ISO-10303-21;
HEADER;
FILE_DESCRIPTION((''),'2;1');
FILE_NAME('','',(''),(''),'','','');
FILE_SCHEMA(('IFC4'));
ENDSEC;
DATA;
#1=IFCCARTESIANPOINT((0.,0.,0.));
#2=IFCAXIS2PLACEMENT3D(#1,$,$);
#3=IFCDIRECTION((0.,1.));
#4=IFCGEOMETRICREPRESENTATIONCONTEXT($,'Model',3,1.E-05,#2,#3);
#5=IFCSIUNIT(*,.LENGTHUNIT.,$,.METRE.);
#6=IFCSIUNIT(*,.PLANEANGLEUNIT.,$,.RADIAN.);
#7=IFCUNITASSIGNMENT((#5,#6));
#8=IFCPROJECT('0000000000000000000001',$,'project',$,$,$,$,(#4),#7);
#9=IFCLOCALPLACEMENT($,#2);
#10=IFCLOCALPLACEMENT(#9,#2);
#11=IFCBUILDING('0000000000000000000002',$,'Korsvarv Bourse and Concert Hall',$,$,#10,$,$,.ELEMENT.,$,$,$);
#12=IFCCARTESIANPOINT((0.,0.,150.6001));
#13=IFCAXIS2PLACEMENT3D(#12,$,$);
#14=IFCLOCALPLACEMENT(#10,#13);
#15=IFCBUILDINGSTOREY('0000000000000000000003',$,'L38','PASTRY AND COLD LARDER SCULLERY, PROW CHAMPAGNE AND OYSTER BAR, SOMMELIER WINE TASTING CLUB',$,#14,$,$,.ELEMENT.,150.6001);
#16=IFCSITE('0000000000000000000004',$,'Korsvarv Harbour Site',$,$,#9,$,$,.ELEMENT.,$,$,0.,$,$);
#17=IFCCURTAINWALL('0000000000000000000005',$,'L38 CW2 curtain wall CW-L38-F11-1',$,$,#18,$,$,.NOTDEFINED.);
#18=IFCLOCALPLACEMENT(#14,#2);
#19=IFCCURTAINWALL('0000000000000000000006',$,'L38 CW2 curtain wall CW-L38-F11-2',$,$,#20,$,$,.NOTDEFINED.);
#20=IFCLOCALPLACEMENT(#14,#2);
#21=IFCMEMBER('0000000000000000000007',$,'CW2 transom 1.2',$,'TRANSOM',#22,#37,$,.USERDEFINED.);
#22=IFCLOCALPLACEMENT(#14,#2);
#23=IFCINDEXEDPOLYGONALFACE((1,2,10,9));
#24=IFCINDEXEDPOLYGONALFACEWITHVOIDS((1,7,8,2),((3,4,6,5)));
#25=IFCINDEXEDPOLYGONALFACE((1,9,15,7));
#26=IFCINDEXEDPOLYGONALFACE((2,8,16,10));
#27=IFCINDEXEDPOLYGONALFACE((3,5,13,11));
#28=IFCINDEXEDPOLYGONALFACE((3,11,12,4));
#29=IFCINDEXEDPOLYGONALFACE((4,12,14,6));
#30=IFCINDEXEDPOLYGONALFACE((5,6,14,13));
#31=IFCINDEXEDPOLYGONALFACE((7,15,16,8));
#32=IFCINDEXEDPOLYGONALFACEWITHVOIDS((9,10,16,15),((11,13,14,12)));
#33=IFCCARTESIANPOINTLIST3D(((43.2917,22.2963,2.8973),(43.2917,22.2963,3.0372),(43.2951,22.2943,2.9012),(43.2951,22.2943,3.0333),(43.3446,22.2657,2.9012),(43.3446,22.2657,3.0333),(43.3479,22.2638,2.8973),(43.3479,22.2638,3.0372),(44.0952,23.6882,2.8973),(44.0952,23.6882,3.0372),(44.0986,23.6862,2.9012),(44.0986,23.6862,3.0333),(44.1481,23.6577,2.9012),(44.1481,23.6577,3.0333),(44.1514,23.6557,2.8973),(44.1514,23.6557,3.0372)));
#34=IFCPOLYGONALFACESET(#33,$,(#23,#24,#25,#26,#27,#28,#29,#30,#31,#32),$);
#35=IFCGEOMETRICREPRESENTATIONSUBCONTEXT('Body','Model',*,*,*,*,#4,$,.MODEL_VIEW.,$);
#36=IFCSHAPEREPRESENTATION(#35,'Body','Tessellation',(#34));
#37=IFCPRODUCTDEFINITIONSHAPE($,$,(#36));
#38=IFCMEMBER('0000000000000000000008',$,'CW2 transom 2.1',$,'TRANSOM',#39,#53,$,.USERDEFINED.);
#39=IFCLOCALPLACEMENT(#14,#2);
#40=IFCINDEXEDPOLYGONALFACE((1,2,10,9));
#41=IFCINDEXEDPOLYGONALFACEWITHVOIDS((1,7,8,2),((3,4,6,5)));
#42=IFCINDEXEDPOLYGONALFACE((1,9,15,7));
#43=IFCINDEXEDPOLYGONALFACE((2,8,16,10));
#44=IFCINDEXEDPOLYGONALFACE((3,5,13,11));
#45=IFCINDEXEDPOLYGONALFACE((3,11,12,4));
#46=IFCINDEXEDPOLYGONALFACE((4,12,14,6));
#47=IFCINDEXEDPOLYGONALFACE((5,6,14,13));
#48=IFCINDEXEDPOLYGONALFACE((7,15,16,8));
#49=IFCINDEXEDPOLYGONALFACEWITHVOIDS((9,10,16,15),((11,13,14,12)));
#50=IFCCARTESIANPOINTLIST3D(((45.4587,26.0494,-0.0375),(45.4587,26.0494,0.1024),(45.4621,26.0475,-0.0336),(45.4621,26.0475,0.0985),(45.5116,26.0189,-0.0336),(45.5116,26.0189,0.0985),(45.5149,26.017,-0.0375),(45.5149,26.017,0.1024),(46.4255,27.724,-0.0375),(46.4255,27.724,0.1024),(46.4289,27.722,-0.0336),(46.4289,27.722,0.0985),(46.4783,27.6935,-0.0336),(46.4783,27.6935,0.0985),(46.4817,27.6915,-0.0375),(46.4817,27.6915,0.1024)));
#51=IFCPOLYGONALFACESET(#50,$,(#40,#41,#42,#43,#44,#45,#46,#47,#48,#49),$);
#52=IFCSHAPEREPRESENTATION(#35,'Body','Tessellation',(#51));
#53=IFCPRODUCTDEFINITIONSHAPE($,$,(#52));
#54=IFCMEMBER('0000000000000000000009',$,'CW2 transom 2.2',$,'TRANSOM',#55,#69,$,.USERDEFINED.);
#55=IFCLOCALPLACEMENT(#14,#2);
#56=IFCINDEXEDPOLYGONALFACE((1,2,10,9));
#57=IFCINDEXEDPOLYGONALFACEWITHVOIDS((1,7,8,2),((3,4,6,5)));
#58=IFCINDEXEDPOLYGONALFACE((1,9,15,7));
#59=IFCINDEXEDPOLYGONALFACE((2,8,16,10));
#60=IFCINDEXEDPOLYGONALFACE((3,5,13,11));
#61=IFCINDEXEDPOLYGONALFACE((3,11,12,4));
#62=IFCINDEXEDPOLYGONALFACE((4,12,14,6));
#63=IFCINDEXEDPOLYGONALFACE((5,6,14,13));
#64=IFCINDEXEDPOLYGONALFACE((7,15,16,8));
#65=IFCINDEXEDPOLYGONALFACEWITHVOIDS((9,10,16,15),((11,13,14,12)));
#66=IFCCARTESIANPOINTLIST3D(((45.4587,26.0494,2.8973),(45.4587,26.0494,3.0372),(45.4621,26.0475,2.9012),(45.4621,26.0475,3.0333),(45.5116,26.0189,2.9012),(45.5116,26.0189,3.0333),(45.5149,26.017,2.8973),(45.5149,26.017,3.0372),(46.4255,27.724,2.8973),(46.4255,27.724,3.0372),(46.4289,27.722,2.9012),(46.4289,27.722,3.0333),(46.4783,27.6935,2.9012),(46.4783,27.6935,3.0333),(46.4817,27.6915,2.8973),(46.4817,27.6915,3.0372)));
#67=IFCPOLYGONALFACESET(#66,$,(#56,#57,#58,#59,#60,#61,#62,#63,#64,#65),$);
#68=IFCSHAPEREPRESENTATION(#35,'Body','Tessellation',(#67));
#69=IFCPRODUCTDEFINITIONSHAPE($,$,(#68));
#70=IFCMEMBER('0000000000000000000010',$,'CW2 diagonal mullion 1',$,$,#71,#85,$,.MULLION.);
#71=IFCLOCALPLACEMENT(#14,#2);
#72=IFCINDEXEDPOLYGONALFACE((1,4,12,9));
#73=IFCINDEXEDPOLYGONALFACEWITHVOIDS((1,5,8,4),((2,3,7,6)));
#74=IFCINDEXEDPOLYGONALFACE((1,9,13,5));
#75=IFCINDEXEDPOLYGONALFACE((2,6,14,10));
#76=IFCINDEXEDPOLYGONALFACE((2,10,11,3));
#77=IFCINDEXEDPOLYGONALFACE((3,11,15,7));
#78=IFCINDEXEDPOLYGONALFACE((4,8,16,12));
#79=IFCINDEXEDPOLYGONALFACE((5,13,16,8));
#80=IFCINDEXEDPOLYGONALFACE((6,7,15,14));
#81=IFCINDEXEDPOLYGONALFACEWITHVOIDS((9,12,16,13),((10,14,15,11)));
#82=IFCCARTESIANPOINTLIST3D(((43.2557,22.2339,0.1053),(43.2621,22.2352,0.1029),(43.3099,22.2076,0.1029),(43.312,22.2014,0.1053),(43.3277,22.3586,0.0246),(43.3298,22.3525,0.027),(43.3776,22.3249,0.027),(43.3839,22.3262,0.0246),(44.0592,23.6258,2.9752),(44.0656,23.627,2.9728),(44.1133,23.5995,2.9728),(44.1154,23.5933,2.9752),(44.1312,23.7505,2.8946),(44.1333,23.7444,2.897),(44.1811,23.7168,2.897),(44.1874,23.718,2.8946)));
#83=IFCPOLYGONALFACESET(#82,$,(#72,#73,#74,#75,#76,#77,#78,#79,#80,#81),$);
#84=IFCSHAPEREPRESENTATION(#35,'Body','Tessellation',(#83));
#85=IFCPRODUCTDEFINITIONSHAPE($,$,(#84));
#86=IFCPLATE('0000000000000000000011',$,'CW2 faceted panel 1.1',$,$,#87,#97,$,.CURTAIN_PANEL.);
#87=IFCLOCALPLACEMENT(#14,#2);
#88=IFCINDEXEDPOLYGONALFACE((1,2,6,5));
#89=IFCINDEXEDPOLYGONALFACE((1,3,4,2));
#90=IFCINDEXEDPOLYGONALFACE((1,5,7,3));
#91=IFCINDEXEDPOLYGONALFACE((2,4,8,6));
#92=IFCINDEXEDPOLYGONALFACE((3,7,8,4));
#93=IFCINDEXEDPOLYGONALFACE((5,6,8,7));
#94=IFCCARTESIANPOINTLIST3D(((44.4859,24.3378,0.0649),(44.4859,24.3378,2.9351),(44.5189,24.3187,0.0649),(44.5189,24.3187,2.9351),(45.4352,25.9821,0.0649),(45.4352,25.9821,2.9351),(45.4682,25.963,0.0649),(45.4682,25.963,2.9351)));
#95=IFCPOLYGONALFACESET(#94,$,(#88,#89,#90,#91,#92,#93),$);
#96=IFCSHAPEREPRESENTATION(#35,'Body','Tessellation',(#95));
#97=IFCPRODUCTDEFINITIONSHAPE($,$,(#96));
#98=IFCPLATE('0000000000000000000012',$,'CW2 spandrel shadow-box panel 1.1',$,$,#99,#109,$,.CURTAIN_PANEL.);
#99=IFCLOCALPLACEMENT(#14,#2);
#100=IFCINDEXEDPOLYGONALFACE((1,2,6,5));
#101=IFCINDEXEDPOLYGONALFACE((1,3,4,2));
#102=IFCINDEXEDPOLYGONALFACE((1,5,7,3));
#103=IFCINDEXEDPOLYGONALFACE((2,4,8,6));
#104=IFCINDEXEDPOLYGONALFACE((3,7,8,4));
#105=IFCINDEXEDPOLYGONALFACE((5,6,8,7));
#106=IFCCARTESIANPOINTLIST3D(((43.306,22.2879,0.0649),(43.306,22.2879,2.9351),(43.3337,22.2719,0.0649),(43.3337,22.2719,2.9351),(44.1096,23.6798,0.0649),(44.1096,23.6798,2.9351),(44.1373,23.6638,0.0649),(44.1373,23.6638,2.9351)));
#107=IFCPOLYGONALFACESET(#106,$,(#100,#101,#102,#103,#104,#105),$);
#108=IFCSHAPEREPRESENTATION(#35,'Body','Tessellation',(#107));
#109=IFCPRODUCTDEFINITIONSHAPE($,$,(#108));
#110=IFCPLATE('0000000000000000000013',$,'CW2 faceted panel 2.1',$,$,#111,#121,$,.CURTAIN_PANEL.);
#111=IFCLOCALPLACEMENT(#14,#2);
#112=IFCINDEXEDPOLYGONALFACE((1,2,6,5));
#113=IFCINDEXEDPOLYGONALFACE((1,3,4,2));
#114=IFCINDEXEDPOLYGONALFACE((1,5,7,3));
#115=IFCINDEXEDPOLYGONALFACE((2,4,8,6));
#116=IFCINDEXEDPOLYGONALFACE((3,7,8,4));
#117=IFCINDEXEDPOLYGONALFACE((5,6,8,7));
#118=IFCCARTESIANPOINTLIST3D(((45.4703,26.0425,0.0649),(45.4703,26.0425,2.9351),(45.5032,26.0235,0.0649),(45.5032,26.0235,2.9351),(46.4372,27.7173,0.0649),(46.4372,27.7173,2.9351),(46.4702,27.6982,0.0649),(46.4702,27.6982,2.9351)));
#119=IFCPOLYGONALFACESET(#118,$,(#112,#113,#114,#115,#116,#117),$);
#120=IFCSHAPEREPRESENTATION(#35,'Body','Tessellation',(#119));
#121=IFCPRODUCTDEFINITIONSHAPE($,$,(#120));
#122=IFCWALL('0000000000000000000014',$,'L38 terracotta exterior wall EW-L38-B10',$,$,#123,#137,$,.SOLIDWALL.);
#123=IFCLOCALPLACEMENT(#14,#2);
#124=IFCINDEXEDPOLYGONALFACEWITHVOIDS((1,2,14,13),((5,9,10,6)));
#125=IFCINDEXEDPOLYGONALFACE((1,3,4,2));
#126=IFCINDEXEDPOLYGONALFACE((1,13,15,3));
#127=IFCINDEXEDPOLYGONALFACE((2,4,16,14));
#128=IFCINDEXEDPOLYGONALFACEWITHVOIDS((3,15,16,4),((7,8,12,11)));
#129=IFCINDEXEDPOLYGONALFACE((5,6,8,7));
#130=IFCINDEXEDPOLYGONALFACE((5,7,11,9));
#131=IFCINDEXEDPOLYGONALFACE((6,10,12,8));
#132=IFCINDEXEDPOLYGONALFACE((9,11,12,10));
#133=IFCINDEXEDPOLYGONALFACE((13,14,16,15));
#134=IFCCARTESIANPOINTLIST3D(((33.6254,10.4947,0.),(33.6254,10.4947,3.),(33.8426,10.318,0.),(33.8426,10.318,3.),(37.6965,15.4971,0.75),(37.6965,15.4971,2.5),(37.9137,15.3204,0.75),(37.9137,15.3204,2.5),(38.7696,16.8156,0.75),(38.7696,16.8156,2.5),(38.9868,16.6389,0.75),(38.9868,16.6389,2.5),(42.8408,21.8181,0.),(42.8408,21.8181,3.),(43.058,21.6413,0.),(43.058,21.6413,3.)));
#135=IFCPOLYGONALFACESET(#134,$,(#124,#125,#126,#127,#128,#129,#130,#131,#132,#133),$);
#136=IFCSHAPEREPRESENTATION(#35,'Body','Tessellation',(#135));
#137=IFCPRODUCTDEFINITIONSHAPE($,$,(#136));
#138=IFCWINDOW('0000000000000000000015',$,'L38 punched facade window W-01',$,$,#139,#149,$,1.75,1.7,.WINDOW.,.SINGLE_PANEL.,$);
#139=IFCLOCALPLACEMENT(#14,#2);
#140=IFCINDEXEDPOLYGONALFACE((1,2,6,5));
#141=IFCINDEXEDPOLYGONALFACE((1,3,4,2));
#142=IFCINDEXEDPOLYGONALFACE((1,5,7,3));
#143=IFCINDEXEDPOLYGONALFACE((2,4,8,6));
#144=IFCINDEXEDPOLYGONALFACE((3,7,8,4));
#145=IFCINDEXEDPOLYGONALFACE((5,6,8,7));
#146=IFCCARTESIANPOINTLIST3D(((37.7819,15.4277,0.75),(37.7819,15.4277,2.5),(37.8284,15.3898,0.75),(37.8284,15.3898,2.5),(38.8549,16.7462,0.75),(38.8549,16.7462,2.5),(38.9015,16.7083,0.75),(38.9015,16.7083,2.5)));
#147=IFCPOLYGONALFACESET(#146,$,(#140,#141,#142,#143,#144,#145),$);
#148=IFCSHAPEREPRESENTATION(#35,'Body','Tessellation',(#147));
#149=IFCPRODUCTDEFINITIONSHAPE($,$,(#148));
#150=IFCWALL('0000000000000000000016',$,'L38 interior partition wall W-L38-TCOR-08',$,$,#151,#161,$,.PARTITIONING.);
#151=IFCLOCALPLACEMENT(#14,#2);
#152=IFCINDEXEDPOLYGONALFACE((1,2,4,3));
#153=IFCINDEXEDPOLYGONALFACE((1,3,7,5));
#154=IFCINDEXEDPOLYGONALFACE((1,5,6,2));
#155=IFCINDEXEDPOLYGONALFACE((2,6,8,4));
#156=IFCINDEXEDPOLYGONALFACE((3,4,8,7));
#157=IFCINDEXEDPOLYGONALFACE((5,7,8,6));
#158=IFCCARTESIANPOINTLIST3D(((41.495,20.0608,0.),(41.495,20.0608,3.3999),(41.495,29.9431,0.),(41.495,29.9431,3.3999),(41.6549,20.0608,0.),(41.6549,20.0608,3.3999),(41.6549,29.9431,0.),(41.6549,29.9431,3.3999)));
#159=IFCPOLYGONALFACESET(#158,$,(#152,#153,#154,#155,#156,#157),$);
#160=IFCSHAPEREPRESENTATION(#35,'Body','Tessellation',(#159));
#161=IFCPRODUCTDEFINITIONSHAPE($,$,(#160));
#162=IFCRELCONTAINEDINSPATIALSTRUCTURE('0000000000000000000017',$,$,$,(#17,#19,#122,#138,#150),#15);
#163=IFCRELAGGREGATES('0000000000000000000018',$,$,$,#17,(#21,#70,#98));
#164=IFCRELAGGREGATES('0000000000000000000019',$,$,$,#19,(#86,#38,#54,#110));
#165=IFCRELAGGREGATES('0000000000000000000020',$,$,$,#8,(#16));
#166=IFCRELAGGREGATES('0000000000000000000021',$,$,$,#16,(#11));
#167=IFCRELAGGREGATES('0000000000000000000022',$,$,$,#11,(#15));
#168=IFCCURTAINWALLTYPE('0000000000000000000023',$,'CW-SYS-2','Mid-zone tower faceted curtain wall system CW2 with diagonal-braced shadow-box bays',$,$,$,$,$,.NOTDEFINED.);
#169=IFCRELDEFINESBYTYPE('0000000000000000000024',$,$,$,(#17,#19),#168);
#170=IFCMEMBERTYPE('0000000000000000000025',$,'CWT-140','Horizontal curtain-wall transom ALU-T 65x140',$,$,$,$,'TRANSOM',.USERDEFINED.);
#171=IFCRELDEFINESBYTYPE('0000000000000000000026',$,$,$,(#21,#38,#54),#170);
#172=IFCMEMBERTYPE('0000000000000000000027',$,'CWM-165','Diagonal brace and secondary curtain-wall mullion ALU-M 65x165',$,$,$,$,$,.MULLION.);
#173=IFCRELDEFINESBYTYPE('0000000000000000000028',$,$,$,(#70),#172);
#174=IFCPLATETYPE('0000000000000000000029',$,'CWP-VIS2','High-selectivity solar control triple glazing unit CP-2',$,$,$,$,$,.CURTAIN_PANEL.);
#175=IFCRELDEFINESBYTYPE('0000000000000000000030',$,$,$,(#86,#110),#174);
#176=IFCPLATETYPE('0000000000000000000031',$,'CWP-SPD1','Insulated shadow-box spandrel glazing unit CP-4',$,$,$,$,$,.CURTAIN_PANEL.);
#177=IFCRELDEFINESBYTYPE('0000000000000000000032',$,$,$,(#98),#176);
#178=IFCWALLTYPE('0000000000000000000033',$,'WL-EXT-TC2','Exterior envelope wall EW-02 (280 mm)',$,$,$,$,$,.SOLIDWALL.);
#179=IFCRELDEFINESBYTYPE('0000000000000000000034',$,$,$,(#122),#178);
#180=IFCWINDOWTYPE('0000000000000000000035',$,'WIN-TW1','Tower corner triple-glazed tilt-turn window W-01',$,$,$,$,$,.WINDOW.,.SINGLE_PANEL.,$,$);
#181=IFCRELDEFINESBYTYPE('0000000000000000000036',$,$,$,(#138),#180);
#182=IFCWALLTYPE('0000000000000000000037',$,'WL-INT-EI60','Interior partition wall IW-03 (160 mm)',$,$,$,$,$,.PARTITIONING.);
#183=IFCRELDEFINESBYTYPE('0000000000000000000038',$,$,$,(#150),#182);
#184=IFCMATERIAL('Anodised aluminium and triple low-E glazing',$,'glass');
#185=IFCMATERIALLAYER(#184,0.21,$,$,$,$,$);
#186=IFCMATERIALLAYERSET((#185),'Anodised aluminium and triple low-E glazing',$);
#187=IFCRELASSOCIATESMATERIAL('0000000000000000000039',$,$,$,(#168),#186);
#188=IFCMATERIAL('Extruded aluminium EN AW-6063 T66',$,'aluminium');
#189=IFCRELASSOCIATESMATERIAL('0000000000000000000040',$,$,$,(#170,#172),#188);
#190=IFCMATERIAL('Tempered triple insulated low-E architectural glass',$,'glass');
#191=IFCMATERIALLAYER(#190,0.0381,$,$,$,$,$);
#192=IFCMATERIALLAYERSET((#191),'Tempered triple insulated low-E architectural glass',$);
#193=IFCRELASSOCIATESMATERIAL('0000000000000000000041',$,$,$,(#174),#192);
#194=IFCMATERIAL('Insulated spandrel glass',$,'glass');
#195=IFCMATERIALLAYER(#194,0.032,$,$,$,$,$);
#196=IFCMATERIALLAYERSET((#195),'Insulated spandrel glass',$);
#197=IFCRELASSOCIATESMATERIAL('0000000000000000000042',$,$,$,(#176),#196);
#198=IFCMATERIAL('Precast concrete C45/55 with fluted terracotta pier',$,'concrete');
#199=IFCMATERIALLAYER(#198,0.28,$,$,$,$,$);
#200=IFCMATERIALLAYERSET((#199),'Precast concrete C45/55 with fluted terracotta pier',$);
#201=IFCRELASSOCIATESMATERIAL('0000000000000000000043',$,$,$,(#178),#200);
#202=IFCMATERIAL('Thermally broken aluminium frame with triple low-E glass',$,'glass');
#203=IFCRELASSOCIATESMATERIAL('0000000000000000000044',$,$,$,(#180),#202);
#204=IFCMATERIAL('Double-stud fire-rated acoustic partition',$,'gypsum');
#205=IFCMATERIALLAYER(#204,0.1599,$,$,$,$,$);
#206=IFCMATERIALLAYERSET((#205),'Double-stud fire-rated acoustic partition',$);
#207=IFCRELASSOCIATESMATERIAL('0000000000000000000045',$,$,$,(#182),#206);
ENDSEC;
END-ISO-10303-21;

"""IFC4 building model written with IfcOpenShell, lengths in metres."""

from ifc_helpers import new_model, si_unit, direction, frame, frame_2d, origin, origin_2d, place, context, subcontext, project, spatial, rectangle, hollow_rectangle, extrude, source, transform, mapped, material, layer, layer_set, material_profile, profile_set, type_object, element, fill, aggregate, save


model = new_model("IFC4")

# Units and contexts
model_context = context("Model", 3, precision=1e-05, world=origin(), true_north=direction((0.0, 1.0)))
body_context = subcontext(model_context, "Body", "Model", "MODEL_VIEW")
ifc_project = project(units=[si_unit("LENGTHUNIT", "METRE"), si_unit("PLANEANGLEUNIT", "RADIAN")], contexts=[model_context])

# Site, building, storey
site_placement = place(None, origin())
site = spatial("IfcSite", under=ifc_project, at=site_placement, Name="Korsvarv Harbour Site", CompositionType="ELEMENT", RefElevation=0.0)
building_placement = place(site_placement, origin())
building = spatial("IfcBuilding", under=site, at=building_placement, Name="Korsvarv Bourse and Concert Hall", CompositionType="ELEMENT")
storey_placement = place(building_placement, frame((0.0, 0.0, 150.6001)))
storey = spatial("IfcBuildingStorey", under=building, at=storey_placement, Name="L38", Description="PASTRY AND COLD LARDER SCULLERY, PROW CHAMPAGNE AND OYSTER BAR, SOMMELIER WINE TASTING CLUB", CompositionType="ELEMENT", Elevation=150.6001)

# Curtain walls
ifc_material_1 = material(Name="Anodised aluminium and triple low-E glazing", Category="glass")
ifc_layer_1 = layer(ifc_material_1, 0.21)
ifc_layer_set_1 = layer_set([ifc_layer_1], Name="Anodised aluminium and triple low-E glazing")
curtain_wall_type = type_object("IfcCurtainWallType", Name="CW-SYS-2", Description="Mid-zone tower faceted curtain wall system CW2 with diagonal-braced shadow-box bays", PredefinedType="NOTDEFINED", material=ifc_layer_set_1)
curtain_wall_1_placement = place(storey_placement, origin())
curtain_wall_1 = element("IfcCurtainWall", 1, at=curtain_wall_1_placement, inside=storey, type_object=curtain_wall_type, Name="L38 CW2 curtain wall CW-L38-F11-1", PredefinedType="NOTDEFINED")
ifc_material_2 = material(Name="Extruded aluminium EN AW-6063 T66", Category="aluminium")
curtain_wall_2_placement = place(storey_placement, origin())
curtain_wall_2 = element("IfcCurtainWall", 2, at=curtain_wall_2_placement, inside=storey, type_object=curtain_wall_type, Name="L38 CW2 curtain wall CW-L38-F11-2", PredefinedType="NOTDEFINED")
ifc_material_profile_1 = material_profile(ifc_material_2, hollow_rectangle(XDim=0.0649, YDim=0.1399, WallThickness=0.0039, at=origin_2d()), Name="ALU-T 65x140")
ifc_profile_set_1 = profile_set([ifc_material_profile_1], Name="Extruded aluminium EN AW-6063 T66")
member_type_1 = type_object("IfcMemberType", Name="CWT-140", Description="Horizontal curtain-wall transom ALU-T 65x140", ElementType="TRANSOM", PredefinedType="USERDEFINED", material=ifc_profile_set_1)

# Members
shared_shape_1 = source(origin(), body_context, "Body", "SweptSolid", [
    extrude(hollow_rectangle(XDim=0.0649, YDim=0.1399, WallThickness=0.0039, at=origin_2d()), origin(), (0.0, 0.0, 1.0), 1.6072),
])
member_1_placement = place(storey_placement, frame((43.3198, 22.28, 2.9673), z_axis=(0.499946, 0.866057, 0.0), x_axis=(-0.866057, 0.499946, 0.0)))
member_1 = element("IfcMember", 3, at=member_1_placement, type_object=member_type_1, Name="CW2 transom 1.2", ObjectType="TRANSOM", PredefinedType="USERDEFINED", context=body_context, shape_type="MappedRepresentation", body=[
    mapped(shared_shape_1, transform((0.0, 0.0, 0.0), scale=1.0)),
])
shared_shape_2 = source(origin(), body_context, "Body", "SweptSolid", [
    extrude(hollow_rectangle(XDim=0.0649, YDim=0.1399, WallThickness=0.0039, at=origin_2d()), origin(), (0.0, 0.0, 1.0), 1.9336),
])
member_2_placement = place(storey_placement, frame((45.4868, 26.0332, 0.0325), z_axis=(0.499996, 0.866028, 0.0), x_axis=(-0.866028, 0.499996, 0.0)))
member_2 = element("IfcMember", 4, at=member_2_placement, type_object=member_type_1, Name="CW2 transom 2.1", ObjectType="TRANSOM", PredefinedType="USERDEFINED", context=body_context, shape_type="MappedRepresentation", body=[
    mapped(shared_shape_2, transform((0.0, 0.0, 0.0), scale=1.0)),
])
member_3_placement = place(storey_placement, frame((45.4868, 26.0332, 2.9673), z_axis=(0.499996, 0.866028, 0.0), x_axis=(-0.866028, 0.499996, 0.0)))
member_3 = element("IfcMember", 5, at=member_3_placement, type_object=member_type_1, Name="CW2 transom 2.2", ObjectType="TRANSOM", PredefinedType="USERDEFINED", context=body_context, shape_type="MappedRepresentation", body=[
    mapped(shared_shape_2, transform((0.0, 0.0, 0.0), scale=1.0)),
])
ifc_material_profile_2 = material_profile(ifc_material_2, hollow_rectangle(XDim=0.0649, YDim=0.165, WallThickness=0.0049, at=origin_2d()), Name="ALU-M 65x165")
ifc_profile_set_2 = profile_set([ifc_material_profile_2], Name="Extruded aluminium EN AW-6063 T66")
member_type_2 = type_object("IfcMemberType", Name="CWM-165", Description="Diagonal brace and secondary curtain-wall mullion ALU-M 65x165", PredefinedType="MULLION", material=ifc_profile_set_2)
shared_shape_3 = source(origin(), body_context, "Body", "SweptSolid", [
    extrude(hollow_rectangle(XDim=0.0649, YDim=0.165, WallThickness=0.0049, at=origin_2d()), origin(), (0.0, 0.0, 1.0), 3.2893),
])
member_4_placement = place(storey_placement, frame((43.3198, 22.28, 0.0649), z_axis=(0.244273, 0.423154, 0.872509), x_axis=(-0.866057, 0.499946, 0.0)))
member_4 = element("IfcMember", 6, at=member_4_placement, type_object=member_type_2, Name="CW2 diagonal mullion 1", PredefinedType="MULLION", context=body_context, shape_type="MappedRepresentation", body=[
    mapped(shared_shape_3, transform((0.0, 0.0, 0.0), scale=1.0)),
])

# Plates
ifc_material_3 = material(Name="Tempered triple insulated low-E architectural glass", Category="glass")
ifc_layer_2 = layer(ifc_material_3, 0.0381)
ifc_layer_set_2 = layer_set([ifc_layer_2], Name="Tempered triple insulated low-E architectural glass")
plate_type_1 = type_object("IfcPlateType", Name="CWP-VIS2", Description="High-selectivity solar control triple glazing unit CP-2", PredefinedType="CURTAIN_PANEL", material=ifc_layer_set_2)
shared_shape_4 = source(origin(), body_context, "Body", "SweptSolid", [
    extrude(rectangle(XDim=1.8987, YDim=0.0381, at=origin_2d()), origin(), (0.0, 0.0, 1.0), 2.8701),
])
plate_1_placement = place(storey_placement, frame((44.9771, 25.1504, 0.0649), z_axis=(0.0, 0.0, 1.0), x_axis=(0.500005, 0.866023, 0.0)))
plate_1 = element("IfcPlate", 7, at=plate_1_placement, type_object=plate_type_1, Name="CW2 faceted panel 1.1", PredefinedType="CURTAIN_PANEL", context=body_context, shape_type="MappedRepresentation", body=[
    mapped(shared_shape_4, transform((0.0, 0.0, 0.0), scale=1.0)),
])
ifc_material_4 = material(Name="Insulated spandrel glass", Category="glass")
ifc_layer_3 = layer(ifc_material_4, 0.032)
ifc_layer_set_3 = layer_set([ifc_layer_3], Name="Insulated spandrel glass")
plate_type_2 = type_object("IfcPlateType", Name="CWP-SPD1", Description="Insulated shadow-box spandrel glazing unit CP-4", PredefinedType="CURTAIN_PANEL", material=ifc_layer_set_3)
shared_shape_5 = source(origin(), body_context, "Body", "SweptSolid", [
    extrude(rectangle(XDim=1.6072, YDim=0.032, at=origin_2d()), origin(), (0.0, 0.0, 1.0), 2.8701),
])
plate_2_placement = place(storey_placement, frame((43.7217, 22.9758, 0.0649), z_axis=(0.0, 0.0, 1.0), x_axis=(0.500005, 0.866023, 0.0)))
plate_2 = element("IfcPlate", 8, at=plate_2_placement, type_object=plate_type_2, Name="CW2 spandrel shadow-box panel 1.1", PredefinedType="CURTAIN_PANEL", context=body_context, shape_type="MappedRepresentation", body=[
    mapped(shared_shape_5, transform((0.0, 0.0, 0.0), scale=1.0)),
])
aggregate(curtain_wall_1, [member_1, member_4, plate_2])
shared_shape_6 = source(origin(), body_context, "Body", "SweptSolid", [
    extrude(rectangle(XDim=1.9338, YDim=0.0381, at=origin_2d()), origin(), (0.0, 0.0, 1.0), 2.8701),
])
plate_3_placement = place(storey_placement, frame((45.9702, 26.8704, 0.0649), z_axis=(0.0, 0.0, 1.0), x_axis=(0.500005, 0.866023, 0.0)))
plate_3 = element("IfcPlate", 9, at=plate_3_placement, type_object=plate_type_1, Name="CW2 faceted panel 2.1", PredefinedType="CURTAIN_PANEL", context=body_context, shape_type="MappedRepresentation", body=[
    mapped(shared_shape_6, transform((0.0, 0.0, 0.0), scale=1.0)),
])
aggregate(curtain_wall_2, [plate_1, member_2, member_3, plate_3])

# Wall, opening, window
ifc_material_5 = material(Name="Precast concrete C45/55 with fluted terracotta pier", Category="concrete")
ifc_layer_4 = layer(ifc_material_5, 0.28)
ifc_layer_set_4 = layer_set([ifc_layer_4], Name="Precast concrete C45/55 with fluted terracotta pier")
wall_type_1 = type_object("IfcWallType", Name="WL-EXT-TC2", Description="Exterior envelope wall EW-02 (280 mm)", PredefinedType="SOLIDWALL", material=ifc_layer_set_4)
wall_1_placement = place(storey_placement, frame((33.7339, 10.4062, 0.0), z_axis=(0.0, 0.0, 1.0), x_axis=(0.631219, 0.775604, 0.0)))
wall_1 = element("IfcWall", 10, at=wall_1_placement, inside=storey, type_object=wall_type_1, Name="L38 terracotta exterior wall EW-L38-B10", PredefinedType="SOLIDWALL", context=body_context, shape_type="SweptSolid", body=[
    extrude(rectangle(XDim=14.5994, YDim=0.28, at=frame_2d((7.2998, 0.0))), origin(), (0.0, 0.0, 1.0), 3.0),
])
opening_placement = place(wall_1_placement, frame((6.4497, 0.0, 0.75)))
opening = element("IfcOpeningElement", 11, at=opening_placement, cuts=wall_1, PredefinedType="OPENING", context=body_context, shape_type="SweptSolid", body=[
    extrude(rectangle(XDim=1.7, YDim=1.75, at=frame_2d((0.8501, 0.875))), frame((0.0, 0.1499, 0.0), z_axis=(0.0, -1.0, 0.0), x_axis=(1.0, 0.0, 0.0)), (0.0, 0.0, 1.0), 0.3),
])
ifc_material_6 = material(Name="Thermally broken aluminium frame with triple low-E glass", Category="glass")
window_type = type_object("IfcWindowType", Name="WIN-TW1", Description="Tower corner triple-glazed tilt-turn window W-01", PartitioningType="SINGLE_PANEL", PredefinedType="WINDOW", material=ifc_material_6)
window_placement = place(opening_placement, origin())
window = element("IfcWindow", 12, at=window_placement, inside=storey, type_object=window_type, Name="L38 punched facade window W-01", OverallHeight=1.75, OverallWidth=1.7, PartitioningType="SINGLE_PANEL", PredefinedType="WINDOW", context=body_context, shape_type="SweptSolid", body=[
    extrude(rectangle(XDim=1.7, YDim=1.75, at=frame_2d((0.8501, 0.875))), frame((0.0, 0.03, 0.0), z_axis=(0.0, -1.0, 0.0), x_axis=(1.0, 0.0, 0.0)), (0.0, 0.0, 1.0), 0.0601),
])
fill(opening, window)

# Wall
ifc_material_7 = material(Name="Double-stud fire-rated acoustic partition", Category="gypsum")
ifc_layer_5 = layer(ifc_material_7, 0.1599)
ifc_layer_set_5 = layer_set([ifc_layer_5], Name="Double-stud fire-rated acoustic partition")
wall_type_2 = type_object("IfcWallType", Name="WL-INT-EI60", Description="Interior partition wall IW-03 (160 mm)", PredefinedType="PARTITIONING", material=ifc_layer_set_5)
wall_2_placement = place(storey_placement, frame((41.575, 20.0608, 0.0), z_axis=(0.0, 0.0, 1.0), x_axis=(0.0, 1.0, 0.0)))
element("IfcWall", 13, at=wall_2_placement, inside=storey, type_object=wall_type_2, Name="L38 interior partition wall W-L38-TCOR-08", PredefinedType="PARTITIONING", context=body_context, shape_type="SweptSolid", body=[
    extrude(rectangle(XDim=9.8823, YDim=0.1599, at=frame_2d((4.9412, 0.0))), origin(), (0.0, 0.0, 1.0), 3.3999),
])

save(model, "model.ifc")
